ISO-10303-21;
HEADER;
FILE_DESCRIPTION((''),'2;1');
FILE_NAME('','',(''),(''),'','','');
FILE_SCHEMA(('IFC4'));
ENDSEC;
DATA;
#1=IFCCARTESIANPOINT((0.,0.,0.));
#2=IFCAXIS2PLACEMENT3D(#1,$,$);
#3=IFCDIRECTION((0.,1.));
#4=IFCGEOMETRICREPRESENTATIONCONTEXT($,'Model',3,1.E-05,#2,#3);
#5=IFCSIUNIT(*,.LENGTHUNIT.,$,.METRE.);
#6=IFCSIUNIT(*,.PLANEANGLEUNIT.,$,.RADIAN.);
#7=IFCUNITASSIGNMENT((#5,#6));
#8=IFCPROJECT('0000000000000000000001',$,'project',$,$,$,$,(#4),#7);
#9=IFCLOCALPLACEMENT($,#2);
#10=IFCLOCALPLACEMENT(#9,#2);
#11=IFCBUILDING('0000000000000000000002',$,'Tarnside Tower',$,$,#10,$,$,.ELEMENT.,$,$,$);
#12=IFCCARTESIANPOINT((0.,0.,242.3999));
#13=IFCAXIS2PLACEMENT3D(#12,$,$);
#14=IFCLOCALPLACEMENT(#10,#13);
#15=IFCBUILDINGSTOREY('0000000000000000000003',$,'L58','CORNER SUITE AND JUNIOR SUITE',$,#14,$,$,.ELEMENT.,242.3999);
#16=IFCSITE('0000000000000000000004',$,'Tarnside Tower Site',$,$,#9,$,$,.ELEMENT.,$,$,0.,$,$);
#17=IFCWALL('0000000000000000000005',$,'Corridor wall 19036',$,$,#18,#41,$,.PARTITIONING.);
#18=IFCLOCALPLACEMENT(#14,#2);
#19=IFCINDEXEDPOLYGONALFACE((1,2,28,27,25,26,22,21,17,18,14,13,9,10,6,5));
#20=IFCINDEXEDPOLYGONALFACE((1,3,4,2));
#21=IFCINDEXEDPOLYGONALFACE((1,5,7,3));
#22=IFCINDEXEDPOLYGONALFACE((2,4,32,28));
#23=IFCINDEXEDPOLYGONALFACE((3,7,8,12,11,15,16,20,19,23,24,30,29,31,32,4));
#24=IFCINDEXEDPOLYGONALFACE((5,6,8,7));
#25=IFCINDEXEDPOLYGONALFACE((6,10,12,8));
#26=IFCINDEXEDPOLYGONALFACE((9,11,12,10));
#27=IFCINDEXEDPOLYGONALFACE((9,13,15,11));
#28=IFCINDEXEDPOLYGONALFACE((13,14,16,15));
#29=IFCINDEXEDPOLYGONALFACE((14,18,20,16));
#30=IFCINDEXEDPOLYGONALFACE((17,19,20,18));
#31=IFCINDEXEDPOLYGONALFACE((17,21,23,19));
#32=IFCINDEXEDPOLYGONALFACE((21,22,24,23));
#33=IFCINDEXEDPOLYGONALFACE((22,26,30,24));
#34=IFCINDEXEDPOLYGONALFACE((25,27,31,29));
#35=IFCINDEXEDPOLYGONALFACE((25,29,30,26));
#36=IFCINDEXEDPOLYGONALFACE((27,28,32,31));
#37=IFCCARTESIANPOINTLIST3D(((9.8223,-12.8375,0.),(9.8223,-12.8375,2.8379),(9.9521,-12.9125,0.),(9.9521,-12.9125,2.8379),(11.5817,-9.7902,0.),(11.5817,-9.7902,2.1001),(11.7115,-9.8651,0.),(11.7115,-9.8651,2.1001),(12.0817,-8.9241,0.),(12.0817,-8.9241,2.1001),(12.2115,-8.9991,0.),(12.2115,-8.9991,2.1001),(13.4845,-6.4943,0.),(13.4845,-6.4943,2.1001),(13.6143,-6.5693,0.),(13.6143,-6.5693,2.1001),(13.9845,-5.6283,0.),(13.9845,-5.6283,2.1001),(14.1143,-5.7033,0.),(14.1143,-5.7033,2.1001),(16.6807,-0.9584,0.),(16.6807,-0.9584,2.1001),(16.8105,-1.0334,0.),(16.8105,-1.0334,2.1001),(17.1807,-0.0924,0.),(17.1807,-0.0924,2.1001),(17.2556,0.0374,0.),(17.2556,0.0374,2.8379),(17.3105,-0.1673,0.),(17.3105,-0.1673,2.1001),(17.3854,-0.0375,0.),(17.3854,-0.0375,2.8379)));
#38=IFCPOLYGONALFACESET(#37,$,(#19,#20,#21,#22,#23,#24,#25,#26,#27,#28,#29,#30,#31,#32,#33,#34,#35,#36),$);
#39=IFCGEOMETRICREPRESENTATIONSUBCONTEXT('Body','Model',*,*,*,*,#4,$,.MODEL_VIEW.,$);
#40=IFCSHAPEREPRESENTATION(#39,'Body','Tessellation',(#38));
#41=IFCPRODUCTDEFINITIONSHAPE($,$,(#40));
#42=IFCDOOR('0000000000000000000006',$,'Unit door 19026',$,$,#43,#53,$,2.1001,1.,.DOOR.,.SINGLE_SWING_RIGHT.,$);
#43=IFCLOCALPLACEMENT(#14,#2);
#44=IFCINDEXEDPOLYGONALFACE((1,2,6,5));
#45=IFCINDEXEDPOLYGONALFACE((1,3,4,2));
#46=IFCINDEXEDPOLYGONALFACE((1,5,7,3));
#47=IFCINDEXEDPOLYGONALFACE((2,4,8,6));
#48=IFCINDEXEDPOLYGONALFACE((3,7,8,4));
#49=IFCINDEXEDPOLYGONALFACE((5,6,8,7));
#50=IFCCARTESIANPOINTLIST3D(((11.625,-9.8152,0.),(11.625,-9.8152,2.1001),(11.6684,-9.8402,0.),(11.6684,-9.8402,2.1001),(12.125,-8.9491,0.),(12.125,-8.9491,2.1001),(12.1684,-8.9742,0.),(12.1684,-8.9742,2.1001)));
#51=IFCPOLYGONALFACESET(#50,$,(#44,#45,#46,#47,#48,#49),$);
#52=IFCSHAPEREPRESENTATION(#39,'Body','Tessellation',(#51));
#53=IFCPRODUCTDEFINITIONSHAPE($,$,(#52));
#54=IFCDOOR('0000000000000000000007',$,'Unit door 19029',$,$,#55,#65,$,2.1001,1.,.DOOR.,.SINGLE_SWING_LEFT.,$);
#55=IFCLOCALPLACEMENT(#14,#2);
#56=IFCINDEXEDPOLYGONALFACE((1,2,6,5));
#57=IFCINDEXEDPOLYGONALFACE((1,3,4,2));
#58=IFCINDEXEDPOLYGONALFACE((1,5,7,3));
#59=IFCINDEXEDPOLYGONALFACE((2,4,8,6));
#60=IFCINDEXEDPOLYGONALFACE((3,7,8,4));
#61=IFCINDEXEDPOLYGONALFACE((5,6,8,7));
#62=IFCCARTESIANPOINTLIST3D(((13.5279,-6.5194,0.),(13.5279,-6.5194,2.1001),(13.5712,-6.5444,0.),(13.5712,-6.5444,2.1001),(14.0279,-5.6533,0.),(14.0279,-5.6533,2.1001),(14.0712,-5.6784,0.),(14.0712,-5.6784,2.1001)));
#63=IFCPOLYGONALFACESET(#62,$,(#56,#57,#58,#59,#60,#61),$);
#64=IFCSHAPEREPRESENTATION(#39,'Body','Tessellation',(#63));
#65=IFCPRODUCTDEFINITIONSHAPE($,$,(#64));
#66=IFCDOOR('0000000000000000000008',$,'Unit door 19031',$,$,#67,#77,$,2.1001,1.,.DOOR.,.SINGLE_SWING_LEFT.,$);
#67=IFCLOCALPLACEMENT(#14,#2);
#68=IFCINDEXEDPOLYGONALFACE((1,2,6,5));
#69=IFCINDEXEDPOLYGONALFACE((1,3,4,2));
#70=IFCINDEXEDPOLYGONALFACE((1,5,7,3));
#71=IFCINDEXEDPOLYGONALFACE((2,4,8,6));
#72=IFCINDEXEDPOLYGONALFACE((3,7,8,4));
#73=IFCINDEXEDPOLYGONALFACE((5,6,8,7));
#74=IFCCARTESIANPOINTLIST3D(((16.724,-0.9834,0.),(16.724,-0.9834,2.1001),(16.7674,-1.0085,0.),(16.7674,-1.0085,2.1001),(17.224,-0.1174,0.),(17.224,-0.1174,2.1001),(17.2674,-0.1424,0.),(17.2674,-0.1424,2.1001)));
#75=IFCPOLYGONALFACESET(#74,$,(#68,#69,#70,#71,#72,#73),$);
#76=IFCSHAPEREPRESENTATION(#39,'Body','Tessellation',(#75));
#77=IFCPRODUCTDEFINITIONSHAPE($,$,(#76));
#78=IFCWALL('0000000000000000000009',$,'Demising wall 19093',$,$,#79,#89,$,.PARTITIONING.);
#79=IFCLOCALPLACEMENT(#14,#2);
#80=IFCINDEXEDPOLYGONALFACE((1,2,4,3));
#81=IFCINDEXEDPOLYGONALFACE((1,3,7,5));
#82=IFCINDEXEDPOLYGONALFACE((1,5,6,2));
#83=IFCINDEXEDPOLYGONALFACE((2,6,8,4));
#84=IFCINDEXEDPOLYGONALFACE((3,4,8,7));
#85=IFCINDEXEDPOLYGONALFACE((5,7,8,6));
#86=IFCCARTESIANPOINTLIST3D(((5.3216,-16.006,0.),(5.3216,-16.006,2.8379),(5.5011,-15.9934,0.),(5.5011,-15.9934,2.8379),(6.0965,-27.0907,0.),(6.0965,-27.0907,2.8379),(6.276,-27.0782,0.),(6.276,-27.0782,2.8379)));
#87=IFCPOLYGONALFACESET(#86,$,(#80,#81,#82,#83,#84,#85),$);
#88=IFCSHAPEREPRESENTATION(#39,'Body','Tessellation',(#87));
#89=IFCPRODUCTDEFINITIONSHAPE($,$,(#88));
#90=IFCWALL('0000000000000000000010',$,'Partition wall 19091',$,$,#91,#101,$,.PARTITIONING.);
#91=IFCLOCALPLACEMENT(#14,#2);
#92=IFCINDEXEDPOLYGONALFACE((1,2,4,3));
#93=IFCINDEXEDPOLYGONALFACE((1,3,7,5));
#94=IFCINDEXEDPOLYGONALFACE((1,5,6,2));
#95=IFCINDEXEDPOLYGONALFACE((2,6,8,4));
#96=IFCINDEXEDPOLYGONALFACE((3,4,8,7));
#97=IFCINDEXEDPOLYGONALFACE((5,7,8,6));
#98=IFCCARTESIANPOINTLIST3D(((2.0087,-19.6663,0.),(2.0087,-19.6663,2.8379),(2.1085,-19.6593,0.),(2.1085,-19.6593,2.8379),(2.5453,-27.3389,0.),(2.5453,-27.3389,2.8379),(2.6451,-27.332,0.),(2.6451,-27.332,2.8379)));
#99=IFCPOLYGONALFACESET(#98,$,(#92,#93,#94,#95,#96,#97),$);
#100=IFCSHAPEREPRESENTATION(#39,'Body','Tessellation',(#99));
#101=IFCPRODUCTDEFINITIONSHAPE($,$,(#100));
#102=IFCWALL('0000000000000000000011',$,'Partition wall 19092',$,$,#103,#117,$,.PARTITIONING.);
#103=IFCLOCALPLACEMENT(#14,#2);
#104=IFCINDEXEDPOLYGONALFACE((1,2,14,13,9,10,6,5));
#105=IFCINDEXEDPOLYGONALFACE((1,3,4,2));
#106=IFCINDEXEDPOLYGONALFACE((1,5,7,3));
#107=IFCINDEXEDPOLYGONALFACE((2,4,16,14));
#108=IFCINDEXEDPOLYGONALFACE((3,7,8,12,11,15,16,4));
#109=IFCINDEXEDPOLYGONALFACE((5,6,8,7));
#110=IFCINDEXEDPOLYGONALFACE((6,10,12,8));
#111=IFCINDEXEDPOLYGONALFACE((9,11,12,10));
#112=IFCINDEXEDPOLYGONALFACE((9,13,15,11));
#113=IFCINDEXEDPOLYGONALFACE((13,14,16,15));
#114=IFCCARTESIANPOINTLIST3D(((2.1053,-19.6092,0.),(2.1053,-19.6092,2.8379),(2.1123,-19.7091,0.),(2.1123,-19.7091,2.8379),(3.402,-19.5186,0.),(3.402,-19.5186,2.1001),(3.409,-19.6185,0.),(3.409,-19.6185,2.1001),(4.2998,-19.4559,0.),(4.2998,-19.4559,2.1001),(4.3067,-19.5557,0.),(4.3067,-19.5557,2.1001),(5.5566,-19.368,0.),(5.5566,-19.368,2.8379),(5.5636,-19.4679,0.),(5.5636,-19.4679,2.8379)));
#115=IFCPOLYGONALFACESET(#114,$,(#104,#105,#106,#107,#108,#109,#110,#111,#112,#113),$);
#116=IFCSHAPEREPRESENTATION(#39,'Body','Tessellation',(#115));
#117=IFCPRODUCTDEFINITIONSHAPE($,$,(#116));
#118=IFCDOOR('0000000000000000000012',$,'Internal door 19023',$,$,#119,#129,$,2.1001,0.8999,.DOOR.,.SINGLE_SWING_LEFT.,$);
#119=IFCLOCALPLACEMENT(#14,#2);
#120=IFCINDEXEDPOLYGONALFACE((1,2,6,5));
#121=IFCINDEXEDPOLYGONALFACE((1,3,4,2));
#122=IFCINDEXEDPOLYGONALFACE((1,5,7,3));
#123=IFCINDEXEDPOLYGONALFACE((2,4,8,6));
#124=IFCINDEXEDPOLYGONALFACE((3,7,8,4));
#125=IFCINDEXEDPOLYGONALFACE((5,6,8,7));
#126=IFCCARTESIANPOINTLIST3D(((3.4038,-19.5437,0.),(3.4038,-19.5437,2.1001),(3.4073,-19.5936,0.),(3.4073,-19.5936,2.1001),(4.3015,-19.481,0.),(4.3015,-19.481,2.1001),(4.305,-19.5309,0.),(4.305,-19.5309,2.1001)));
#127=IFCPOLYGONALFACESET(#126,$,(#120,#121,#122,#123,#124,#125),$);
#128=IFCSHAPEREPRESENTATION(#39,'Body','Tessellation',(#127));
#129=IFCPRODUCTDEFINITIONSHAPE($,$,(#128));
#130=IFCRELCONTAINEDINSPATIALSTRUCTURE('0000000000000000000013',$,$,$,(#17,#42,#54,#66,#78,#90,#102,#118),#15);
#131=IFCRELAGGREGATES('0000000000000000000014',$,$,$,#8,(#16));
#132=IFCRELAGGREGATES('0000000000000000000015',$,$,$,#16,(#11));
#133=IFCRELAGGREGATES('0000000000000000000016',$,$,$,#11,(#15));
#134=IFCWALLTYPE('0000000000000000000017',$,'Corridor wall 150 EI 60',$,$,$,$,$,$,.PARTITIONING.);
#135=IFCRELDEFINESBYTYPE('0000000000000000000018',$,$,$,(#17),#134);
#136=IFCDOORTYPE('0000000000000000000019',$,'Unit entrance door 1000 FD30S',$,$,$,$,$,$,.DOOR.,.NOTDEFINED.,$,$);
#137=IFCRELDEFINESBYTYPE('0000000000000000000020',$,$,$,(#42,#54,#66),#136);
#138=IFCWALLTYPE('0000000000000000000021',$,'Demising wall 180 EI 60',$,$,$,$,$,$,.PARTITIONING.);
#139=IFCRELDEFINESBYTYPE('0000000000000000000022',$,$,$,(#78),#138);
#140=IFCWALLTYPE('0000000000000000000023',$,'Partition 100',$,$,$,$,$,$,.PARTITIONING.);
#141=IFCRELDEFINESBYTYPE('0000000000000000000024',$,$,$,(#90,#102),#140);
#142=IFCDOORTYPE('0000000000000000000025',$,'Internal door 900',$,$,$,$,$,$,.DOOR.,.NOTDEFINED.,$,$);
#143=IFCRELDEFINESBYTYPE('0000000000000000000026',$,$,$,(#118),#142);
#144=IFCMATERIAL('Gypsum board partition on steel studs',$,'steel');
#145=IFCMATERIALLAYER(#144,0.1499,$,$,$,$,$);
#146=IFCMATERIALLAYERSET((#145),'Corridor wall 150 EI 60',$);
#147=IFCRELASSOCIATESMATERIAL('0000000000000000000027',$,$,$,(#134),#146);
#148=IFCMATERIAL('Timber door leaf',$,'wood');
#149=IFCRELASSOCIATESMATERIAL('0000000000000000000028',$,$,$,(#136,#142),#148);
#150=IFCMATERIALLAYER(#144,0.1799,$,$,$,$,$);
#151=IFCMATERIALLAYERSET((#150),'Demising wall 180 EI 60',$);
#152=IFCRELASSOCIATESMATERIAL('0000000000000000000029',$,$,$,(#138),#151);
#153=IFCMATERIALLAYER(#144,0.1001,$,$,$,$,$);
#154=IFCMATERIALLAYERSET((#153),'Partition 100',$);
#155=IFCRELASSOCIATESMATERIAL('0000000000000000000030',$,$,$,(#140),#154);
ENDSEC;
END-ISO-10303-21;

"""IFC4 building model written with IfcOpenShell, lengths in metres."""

from ifc_helpers import new_model, si_unit, direction, frame, frame_2d, origin, place, context, subcontext, project, spatial, rectangle, extrude, material, layer, layer_set, type_object, element, fill, save


model = new_model("IFC4")

# Units and contexts
model_context = context("Model", 3, precision=1e-05, world=origin(), true_north=direction((0.0, 1.0)))
body_context = subcontext(model_context, "Body", "Model", "MODEL_VIEW")
ifc_project = project(units=[si_unit("LENGTHUNIT", "METRE"), si_unit("PLANEANGLEUNIT", "RADIAN")], contexts=[model_context])

# Site, building, storey
site_placement = place(None, origin())
site = spatial("IfcSite", under=ifc_project, at=site_placement, Name="Tarnside Tower Site", CompositionType="ELEMENT", RefElevation=0.0)
building_placement = place(site_placement, origin())
building = spatial("IfcBuilding", under=site, at=building_placement, Name="Tarnside Tower", CompositionType="ELEMENT")
storey_placement = place(building_placement, frame((0.0, 0.0, 242.3999)))
storey = spatial("IfcBuildingStorey", under=building, at=storey_placement, Name="L58", Description="CORNER SUITE AND JUNIOR SUITE", CompositionType="ELEMENT", Elevation=242.3999)

# Shared definitions
ifc_material_1 = material(Name="Gypsum board partition on steel studs", Category="steel")
ifc_material_2 = material(Name="Timber door leaf", Category="wood")

# Shared definitions
ifc_layer_1 = layer(ifc_material_1, 0.1499)
ifc_layer_set_1 = layer_set([ifc_layer_1], Name="Corridor wall 150 EI 60")
wall_type_1 = type_object("IfcWallType", Name="Corridor wall 150 EI 60", PredefinedType="PARTITIONING", material=ifc_layer_set_1)

# Shared definitions
door_type_1 = type_object("IfcDoorType", Name="Unit entrance door 1000 FD30S", OperationType="NOTDEFINED", PredefinedType="DOOR", material=ifc_material_2)

# Wall, openings, doors
wall_1_placement = place(storey_placement, frame((9.8872, -12.875, 0.0), z_axis=(0.0, 0.0, 1.0), x_axis=(0.499998, 0.866026, 0.0)))
wall_1 = element("IfcWall", 1, at=wall_1_placement, inside=storey, type_object=wall_type_1, Name="Corridor wall 19036", PredefinedType="PARTITIONING", context=body_context, shape_type="SweptSolid", body=[
    extrude(rectangle(XDim=14.8667, YDim=0.1499, at=frame_2d((7.4333, 0.0))), origin(), (0.0, 0.0, 1.0), 2.8379),
])
opening_1_placement = place(wall_1_placement, frame((3.5188, 0.0, 0.0)))
opening_1 = element("IfcOpeningElement", 2, at=opening_1_placement, cuts=wall_1, PredefinedType="OPENING", context=body_context, shape_type="SweptSolid", body=[
    extrude(rectangle(XDim=1.0, YDim=2.1001, at=frame_2d((0.5, 1.05))), frame((0.0, 0.085, 0.0), z_axis=(0.0, -1.0, 0.0), x_axis=(1.0, 0.0, 0.0)), (0.0, 0.0, 1.0), 0.1699),
])
opening_2_placement = place(wall_1_placement, frame((7.3245, 0.0, 0.0)))
opening_2 = element("IfcOpeningElement", 3, at=opening_2_placement, cuts=wall_1, PredefinedType="OPENING", context=body_context, shape_type="SweptSolid", body=[
    extrude(rectangle(XDim=1.0, YDim=2.1001, at=frame_2d((0.5, 1.05))), frame((0.0, 0.085, 0.0), z_axis=(0.0, -1.0, 0.0), x_axis=(1.0, 0.0, 0.0)), (0.0, 0.0, 1.0), 0.1699),
])
opening_3_placement = place(wall_1_placement, frame((13.7168, 0.0, 0.0)))
opening_3 = element("IfcOpeningElement", 4, at=opening_3_placement, cuts=wall_1, PredefinedType="OPENING", context=body_context, shape_type="SweptSolid", body=[
    extrude(rectangle(XDim=1.0, YDim=2.1001, at=frame_2d((0.5, 1.05))), frame((0.0, 0.085, 0.0), z_axis=(0.0, -1.0, 0.0), x_axis=(1.0, 0.0, 0.0)), (0.0, 0.0, 1.0), 0.1699),
])
door_1_placement = place(opening_1_placement, origin())
door_1 = element("IfcDoor", 5, at=door_1_placement, inside=storey, type_object=door_type_1, Name="Unit door 19026", OperationType="SINGLE_SWING_RIGHT", OverallHeight=2.1001, OverallWidth=1.0, PredefinedType="DOOR", context=body_context, shape_type="SweptSolid", body=[
    extrude(rectangle(XDim=1.0, YDim=2.1001, at=frame_2d((0.5, 1.05))), frame((0.0, 0.0249, 0.0), z_axis=(0.0, -1.0, 0.0), x_axis=(1.0, 0.0, 0.0)), (0.0, 0.0, 1.0), 0.05),
])
fill(opening_1, door_1)
door_2_placement = place(opening_2_placement, origin())
door_2 = element("IfcDoor", 6, at=door_2_placement, inside=storey, type_object=door_type_1, Name="Unit door 19029", OperationType="SINGLE_SWING_LEFT", OverallHeight=2.1001, OverallWidth=1.0, PredefinedType="DOOR", context=body_context, shape_type="SweptSolid", body=[
    extrude(rectangle(XDim=1.0, YDim=2.1001, at=frame_2d((0.5, 1.05))), frame((0.0, 0.0249, 0.0), z_axis=(0.0, -1.0, 0.0), x_axis=(1.0, 0.0, 0.0)), (0.0, 0.0, 1.0), 0.05),
])
fill(opening_2, door_2)
door_3_placement = place(opening_3_placement, origin())
door_3 = element("IfcDoor", 7, at=door_3_placement, inside=storey, type_object=door_type_1, Name="Unit door 19031", OperationType="SINGLE_SWING_LEFT", OverallHeight=2.1001, OverallWidth=1.0, PredefinedType="DOOR", context=body_context, shape_type="SweptSolid", body=[
    extrude(rectangle(XDim=1.0, YDim=2.1001, at=frame_2d((0.5, 1.05))), frame((0.0, 0.0249, 0.0), z_axis=(0.0, -1.0, 0.0), x_axis=(1.0, 0.0, 0.0)), (0.0, 0.0, 1.0), 0.05),
])
fill(opening_3, door_3)

# Walls
ifc_layer_2 = layer(ifc_material_1, 0.1799)
ifc_layer_set_2 = layer_set([ifc_layer_2], Name="Demising wall 180 EI 60")
wall_type_2 = type_object("IfcWallType", Name="Demising wall 180 EI 60", PredefinedType="PARTITIONING", material=ifc_layer_set_2)
wall_2_placement = place(storey_placement, frame((6.1863, -27.0845, 0.0), z_axis=(0.0, 0.0, 1.0), x_axis=(-0.069737, 0.997565, 0.0)))
element("IfcWall", 8, at=wall_2_placement, inside=storey, type_object=wall_type_2, Name="Demising wall 19093", PredefinedType="PARTITIONING", context=body_context, shape_type="SweptSolid", body=[
    extrude(rectangle(XDim=11.1118, YDim=0.1799, at=frame_2d((5.5559, 0.0))), origin(), (0.0, 0.0, 1.0), 2.8379),
])
ifc_layer_3 = layer(ifc_material_1, 0.1001)
ifc_layer_set_3 = layer_set([ifc_layer_3], Name="Partition 100")
wall_type_3 = type_object("IfcWallType", Name="Partition 100", PredefinedType="PARTITIONING", material=ifc_layer_set_3)
wall_3_placement = place(storey_placement, frame((2.5952, -27.3354, 0.0), z_axis=(0.0, 0.0, 1.0), x_axis=(-0.069769, 0.997563, 0.0)))
element("IfcWall", 9, at=wall_3_placement, inside=storey, type_object=wall_type_3, Name="Partition wall 19091", PredefinedType="PARTITIONING", context=body_context, shape_type="SweptSolid", body=[
    extrude(rectangle(XDim=7.6914, YDim=0.1001, at=frame_2d((3.8457, 0.0))), origin(), (0.0, 0.0, 1.0), 2.8379),
])

# Wall, opening, door
wall_4_placement = place(storey_placement, frame((2.1086, -19.6592, 0.0), z_axis=(0.0, 0.0, 1.0), x_axis=(0.997567, 0.069717, 0.0)))
wall_4 = element("IfcWall", 10, at=wall_4_placement, inside=storey, type_object=wall_type_3, Name="Partition wall 19092", PredefinedType="PARTITIONING", context=body_context, shape_type="SweptSolid", body=[
    extrude(rectangle(XDim=3.4597, YDim=0.1001, at=frame_2d((1.73, 0.0))), origin(), (0.0, 0.0, 1.0), 2.8379),
])
opening_4_placement = place(wall_4_placement, frame((1.3, 0.0, 0.0)))
opening_4 = element("IfcOpeningElement", 11, at=opening_4_placement, cuts=wall_4, PredefinedType="OPENING", context=body_context, shape_type="SweptSolid", body=[
    extrude(rectangle(XDim=0.8999, YDim=2.1001, at=frame_2d((0.45, 1.05))), frame((0.0, 0.0601, 0.0), z_axis=(0.0, -1.0, 0.0), x_axis=(1.0, 0.0, 0.0)), (0.0, 0.0, 1.0), 0.1201),
])
door_type_2 = type_object("IfcDoorType", Name="Internal door 900", OperationType="NOTDEFINED", PredefinedType="DOOR", material=ifc_material_2)
door_4_placement = place(opening_4_placement, origin())
door_4 = element("IfcDoor", 12, at=door_4_placement, inside=storey, type_object=door_type_2, Name="Internal door 19023", OperationType="SINGLE_SWING_LEFT", OverallHeight=2.1001, OverallWidth=0.8999, PredefinedType="DOOR", context=body_context, shape_type="SweptSolid", body=[
    extrude(rectangle(XDim=0.8999, YDim=2.1001, at=frame_2d((0.45, 1.05))), frame((0.0, 0.0249, 0.0), z_axis=(0.0, -1.0, 0.0), x_axis=(1.0, 0.0, 0.0)), (0.0, 0.0, 1.0), 0.05),
])
fill(opening_4, door_4)

save(model, "model.ifc")
